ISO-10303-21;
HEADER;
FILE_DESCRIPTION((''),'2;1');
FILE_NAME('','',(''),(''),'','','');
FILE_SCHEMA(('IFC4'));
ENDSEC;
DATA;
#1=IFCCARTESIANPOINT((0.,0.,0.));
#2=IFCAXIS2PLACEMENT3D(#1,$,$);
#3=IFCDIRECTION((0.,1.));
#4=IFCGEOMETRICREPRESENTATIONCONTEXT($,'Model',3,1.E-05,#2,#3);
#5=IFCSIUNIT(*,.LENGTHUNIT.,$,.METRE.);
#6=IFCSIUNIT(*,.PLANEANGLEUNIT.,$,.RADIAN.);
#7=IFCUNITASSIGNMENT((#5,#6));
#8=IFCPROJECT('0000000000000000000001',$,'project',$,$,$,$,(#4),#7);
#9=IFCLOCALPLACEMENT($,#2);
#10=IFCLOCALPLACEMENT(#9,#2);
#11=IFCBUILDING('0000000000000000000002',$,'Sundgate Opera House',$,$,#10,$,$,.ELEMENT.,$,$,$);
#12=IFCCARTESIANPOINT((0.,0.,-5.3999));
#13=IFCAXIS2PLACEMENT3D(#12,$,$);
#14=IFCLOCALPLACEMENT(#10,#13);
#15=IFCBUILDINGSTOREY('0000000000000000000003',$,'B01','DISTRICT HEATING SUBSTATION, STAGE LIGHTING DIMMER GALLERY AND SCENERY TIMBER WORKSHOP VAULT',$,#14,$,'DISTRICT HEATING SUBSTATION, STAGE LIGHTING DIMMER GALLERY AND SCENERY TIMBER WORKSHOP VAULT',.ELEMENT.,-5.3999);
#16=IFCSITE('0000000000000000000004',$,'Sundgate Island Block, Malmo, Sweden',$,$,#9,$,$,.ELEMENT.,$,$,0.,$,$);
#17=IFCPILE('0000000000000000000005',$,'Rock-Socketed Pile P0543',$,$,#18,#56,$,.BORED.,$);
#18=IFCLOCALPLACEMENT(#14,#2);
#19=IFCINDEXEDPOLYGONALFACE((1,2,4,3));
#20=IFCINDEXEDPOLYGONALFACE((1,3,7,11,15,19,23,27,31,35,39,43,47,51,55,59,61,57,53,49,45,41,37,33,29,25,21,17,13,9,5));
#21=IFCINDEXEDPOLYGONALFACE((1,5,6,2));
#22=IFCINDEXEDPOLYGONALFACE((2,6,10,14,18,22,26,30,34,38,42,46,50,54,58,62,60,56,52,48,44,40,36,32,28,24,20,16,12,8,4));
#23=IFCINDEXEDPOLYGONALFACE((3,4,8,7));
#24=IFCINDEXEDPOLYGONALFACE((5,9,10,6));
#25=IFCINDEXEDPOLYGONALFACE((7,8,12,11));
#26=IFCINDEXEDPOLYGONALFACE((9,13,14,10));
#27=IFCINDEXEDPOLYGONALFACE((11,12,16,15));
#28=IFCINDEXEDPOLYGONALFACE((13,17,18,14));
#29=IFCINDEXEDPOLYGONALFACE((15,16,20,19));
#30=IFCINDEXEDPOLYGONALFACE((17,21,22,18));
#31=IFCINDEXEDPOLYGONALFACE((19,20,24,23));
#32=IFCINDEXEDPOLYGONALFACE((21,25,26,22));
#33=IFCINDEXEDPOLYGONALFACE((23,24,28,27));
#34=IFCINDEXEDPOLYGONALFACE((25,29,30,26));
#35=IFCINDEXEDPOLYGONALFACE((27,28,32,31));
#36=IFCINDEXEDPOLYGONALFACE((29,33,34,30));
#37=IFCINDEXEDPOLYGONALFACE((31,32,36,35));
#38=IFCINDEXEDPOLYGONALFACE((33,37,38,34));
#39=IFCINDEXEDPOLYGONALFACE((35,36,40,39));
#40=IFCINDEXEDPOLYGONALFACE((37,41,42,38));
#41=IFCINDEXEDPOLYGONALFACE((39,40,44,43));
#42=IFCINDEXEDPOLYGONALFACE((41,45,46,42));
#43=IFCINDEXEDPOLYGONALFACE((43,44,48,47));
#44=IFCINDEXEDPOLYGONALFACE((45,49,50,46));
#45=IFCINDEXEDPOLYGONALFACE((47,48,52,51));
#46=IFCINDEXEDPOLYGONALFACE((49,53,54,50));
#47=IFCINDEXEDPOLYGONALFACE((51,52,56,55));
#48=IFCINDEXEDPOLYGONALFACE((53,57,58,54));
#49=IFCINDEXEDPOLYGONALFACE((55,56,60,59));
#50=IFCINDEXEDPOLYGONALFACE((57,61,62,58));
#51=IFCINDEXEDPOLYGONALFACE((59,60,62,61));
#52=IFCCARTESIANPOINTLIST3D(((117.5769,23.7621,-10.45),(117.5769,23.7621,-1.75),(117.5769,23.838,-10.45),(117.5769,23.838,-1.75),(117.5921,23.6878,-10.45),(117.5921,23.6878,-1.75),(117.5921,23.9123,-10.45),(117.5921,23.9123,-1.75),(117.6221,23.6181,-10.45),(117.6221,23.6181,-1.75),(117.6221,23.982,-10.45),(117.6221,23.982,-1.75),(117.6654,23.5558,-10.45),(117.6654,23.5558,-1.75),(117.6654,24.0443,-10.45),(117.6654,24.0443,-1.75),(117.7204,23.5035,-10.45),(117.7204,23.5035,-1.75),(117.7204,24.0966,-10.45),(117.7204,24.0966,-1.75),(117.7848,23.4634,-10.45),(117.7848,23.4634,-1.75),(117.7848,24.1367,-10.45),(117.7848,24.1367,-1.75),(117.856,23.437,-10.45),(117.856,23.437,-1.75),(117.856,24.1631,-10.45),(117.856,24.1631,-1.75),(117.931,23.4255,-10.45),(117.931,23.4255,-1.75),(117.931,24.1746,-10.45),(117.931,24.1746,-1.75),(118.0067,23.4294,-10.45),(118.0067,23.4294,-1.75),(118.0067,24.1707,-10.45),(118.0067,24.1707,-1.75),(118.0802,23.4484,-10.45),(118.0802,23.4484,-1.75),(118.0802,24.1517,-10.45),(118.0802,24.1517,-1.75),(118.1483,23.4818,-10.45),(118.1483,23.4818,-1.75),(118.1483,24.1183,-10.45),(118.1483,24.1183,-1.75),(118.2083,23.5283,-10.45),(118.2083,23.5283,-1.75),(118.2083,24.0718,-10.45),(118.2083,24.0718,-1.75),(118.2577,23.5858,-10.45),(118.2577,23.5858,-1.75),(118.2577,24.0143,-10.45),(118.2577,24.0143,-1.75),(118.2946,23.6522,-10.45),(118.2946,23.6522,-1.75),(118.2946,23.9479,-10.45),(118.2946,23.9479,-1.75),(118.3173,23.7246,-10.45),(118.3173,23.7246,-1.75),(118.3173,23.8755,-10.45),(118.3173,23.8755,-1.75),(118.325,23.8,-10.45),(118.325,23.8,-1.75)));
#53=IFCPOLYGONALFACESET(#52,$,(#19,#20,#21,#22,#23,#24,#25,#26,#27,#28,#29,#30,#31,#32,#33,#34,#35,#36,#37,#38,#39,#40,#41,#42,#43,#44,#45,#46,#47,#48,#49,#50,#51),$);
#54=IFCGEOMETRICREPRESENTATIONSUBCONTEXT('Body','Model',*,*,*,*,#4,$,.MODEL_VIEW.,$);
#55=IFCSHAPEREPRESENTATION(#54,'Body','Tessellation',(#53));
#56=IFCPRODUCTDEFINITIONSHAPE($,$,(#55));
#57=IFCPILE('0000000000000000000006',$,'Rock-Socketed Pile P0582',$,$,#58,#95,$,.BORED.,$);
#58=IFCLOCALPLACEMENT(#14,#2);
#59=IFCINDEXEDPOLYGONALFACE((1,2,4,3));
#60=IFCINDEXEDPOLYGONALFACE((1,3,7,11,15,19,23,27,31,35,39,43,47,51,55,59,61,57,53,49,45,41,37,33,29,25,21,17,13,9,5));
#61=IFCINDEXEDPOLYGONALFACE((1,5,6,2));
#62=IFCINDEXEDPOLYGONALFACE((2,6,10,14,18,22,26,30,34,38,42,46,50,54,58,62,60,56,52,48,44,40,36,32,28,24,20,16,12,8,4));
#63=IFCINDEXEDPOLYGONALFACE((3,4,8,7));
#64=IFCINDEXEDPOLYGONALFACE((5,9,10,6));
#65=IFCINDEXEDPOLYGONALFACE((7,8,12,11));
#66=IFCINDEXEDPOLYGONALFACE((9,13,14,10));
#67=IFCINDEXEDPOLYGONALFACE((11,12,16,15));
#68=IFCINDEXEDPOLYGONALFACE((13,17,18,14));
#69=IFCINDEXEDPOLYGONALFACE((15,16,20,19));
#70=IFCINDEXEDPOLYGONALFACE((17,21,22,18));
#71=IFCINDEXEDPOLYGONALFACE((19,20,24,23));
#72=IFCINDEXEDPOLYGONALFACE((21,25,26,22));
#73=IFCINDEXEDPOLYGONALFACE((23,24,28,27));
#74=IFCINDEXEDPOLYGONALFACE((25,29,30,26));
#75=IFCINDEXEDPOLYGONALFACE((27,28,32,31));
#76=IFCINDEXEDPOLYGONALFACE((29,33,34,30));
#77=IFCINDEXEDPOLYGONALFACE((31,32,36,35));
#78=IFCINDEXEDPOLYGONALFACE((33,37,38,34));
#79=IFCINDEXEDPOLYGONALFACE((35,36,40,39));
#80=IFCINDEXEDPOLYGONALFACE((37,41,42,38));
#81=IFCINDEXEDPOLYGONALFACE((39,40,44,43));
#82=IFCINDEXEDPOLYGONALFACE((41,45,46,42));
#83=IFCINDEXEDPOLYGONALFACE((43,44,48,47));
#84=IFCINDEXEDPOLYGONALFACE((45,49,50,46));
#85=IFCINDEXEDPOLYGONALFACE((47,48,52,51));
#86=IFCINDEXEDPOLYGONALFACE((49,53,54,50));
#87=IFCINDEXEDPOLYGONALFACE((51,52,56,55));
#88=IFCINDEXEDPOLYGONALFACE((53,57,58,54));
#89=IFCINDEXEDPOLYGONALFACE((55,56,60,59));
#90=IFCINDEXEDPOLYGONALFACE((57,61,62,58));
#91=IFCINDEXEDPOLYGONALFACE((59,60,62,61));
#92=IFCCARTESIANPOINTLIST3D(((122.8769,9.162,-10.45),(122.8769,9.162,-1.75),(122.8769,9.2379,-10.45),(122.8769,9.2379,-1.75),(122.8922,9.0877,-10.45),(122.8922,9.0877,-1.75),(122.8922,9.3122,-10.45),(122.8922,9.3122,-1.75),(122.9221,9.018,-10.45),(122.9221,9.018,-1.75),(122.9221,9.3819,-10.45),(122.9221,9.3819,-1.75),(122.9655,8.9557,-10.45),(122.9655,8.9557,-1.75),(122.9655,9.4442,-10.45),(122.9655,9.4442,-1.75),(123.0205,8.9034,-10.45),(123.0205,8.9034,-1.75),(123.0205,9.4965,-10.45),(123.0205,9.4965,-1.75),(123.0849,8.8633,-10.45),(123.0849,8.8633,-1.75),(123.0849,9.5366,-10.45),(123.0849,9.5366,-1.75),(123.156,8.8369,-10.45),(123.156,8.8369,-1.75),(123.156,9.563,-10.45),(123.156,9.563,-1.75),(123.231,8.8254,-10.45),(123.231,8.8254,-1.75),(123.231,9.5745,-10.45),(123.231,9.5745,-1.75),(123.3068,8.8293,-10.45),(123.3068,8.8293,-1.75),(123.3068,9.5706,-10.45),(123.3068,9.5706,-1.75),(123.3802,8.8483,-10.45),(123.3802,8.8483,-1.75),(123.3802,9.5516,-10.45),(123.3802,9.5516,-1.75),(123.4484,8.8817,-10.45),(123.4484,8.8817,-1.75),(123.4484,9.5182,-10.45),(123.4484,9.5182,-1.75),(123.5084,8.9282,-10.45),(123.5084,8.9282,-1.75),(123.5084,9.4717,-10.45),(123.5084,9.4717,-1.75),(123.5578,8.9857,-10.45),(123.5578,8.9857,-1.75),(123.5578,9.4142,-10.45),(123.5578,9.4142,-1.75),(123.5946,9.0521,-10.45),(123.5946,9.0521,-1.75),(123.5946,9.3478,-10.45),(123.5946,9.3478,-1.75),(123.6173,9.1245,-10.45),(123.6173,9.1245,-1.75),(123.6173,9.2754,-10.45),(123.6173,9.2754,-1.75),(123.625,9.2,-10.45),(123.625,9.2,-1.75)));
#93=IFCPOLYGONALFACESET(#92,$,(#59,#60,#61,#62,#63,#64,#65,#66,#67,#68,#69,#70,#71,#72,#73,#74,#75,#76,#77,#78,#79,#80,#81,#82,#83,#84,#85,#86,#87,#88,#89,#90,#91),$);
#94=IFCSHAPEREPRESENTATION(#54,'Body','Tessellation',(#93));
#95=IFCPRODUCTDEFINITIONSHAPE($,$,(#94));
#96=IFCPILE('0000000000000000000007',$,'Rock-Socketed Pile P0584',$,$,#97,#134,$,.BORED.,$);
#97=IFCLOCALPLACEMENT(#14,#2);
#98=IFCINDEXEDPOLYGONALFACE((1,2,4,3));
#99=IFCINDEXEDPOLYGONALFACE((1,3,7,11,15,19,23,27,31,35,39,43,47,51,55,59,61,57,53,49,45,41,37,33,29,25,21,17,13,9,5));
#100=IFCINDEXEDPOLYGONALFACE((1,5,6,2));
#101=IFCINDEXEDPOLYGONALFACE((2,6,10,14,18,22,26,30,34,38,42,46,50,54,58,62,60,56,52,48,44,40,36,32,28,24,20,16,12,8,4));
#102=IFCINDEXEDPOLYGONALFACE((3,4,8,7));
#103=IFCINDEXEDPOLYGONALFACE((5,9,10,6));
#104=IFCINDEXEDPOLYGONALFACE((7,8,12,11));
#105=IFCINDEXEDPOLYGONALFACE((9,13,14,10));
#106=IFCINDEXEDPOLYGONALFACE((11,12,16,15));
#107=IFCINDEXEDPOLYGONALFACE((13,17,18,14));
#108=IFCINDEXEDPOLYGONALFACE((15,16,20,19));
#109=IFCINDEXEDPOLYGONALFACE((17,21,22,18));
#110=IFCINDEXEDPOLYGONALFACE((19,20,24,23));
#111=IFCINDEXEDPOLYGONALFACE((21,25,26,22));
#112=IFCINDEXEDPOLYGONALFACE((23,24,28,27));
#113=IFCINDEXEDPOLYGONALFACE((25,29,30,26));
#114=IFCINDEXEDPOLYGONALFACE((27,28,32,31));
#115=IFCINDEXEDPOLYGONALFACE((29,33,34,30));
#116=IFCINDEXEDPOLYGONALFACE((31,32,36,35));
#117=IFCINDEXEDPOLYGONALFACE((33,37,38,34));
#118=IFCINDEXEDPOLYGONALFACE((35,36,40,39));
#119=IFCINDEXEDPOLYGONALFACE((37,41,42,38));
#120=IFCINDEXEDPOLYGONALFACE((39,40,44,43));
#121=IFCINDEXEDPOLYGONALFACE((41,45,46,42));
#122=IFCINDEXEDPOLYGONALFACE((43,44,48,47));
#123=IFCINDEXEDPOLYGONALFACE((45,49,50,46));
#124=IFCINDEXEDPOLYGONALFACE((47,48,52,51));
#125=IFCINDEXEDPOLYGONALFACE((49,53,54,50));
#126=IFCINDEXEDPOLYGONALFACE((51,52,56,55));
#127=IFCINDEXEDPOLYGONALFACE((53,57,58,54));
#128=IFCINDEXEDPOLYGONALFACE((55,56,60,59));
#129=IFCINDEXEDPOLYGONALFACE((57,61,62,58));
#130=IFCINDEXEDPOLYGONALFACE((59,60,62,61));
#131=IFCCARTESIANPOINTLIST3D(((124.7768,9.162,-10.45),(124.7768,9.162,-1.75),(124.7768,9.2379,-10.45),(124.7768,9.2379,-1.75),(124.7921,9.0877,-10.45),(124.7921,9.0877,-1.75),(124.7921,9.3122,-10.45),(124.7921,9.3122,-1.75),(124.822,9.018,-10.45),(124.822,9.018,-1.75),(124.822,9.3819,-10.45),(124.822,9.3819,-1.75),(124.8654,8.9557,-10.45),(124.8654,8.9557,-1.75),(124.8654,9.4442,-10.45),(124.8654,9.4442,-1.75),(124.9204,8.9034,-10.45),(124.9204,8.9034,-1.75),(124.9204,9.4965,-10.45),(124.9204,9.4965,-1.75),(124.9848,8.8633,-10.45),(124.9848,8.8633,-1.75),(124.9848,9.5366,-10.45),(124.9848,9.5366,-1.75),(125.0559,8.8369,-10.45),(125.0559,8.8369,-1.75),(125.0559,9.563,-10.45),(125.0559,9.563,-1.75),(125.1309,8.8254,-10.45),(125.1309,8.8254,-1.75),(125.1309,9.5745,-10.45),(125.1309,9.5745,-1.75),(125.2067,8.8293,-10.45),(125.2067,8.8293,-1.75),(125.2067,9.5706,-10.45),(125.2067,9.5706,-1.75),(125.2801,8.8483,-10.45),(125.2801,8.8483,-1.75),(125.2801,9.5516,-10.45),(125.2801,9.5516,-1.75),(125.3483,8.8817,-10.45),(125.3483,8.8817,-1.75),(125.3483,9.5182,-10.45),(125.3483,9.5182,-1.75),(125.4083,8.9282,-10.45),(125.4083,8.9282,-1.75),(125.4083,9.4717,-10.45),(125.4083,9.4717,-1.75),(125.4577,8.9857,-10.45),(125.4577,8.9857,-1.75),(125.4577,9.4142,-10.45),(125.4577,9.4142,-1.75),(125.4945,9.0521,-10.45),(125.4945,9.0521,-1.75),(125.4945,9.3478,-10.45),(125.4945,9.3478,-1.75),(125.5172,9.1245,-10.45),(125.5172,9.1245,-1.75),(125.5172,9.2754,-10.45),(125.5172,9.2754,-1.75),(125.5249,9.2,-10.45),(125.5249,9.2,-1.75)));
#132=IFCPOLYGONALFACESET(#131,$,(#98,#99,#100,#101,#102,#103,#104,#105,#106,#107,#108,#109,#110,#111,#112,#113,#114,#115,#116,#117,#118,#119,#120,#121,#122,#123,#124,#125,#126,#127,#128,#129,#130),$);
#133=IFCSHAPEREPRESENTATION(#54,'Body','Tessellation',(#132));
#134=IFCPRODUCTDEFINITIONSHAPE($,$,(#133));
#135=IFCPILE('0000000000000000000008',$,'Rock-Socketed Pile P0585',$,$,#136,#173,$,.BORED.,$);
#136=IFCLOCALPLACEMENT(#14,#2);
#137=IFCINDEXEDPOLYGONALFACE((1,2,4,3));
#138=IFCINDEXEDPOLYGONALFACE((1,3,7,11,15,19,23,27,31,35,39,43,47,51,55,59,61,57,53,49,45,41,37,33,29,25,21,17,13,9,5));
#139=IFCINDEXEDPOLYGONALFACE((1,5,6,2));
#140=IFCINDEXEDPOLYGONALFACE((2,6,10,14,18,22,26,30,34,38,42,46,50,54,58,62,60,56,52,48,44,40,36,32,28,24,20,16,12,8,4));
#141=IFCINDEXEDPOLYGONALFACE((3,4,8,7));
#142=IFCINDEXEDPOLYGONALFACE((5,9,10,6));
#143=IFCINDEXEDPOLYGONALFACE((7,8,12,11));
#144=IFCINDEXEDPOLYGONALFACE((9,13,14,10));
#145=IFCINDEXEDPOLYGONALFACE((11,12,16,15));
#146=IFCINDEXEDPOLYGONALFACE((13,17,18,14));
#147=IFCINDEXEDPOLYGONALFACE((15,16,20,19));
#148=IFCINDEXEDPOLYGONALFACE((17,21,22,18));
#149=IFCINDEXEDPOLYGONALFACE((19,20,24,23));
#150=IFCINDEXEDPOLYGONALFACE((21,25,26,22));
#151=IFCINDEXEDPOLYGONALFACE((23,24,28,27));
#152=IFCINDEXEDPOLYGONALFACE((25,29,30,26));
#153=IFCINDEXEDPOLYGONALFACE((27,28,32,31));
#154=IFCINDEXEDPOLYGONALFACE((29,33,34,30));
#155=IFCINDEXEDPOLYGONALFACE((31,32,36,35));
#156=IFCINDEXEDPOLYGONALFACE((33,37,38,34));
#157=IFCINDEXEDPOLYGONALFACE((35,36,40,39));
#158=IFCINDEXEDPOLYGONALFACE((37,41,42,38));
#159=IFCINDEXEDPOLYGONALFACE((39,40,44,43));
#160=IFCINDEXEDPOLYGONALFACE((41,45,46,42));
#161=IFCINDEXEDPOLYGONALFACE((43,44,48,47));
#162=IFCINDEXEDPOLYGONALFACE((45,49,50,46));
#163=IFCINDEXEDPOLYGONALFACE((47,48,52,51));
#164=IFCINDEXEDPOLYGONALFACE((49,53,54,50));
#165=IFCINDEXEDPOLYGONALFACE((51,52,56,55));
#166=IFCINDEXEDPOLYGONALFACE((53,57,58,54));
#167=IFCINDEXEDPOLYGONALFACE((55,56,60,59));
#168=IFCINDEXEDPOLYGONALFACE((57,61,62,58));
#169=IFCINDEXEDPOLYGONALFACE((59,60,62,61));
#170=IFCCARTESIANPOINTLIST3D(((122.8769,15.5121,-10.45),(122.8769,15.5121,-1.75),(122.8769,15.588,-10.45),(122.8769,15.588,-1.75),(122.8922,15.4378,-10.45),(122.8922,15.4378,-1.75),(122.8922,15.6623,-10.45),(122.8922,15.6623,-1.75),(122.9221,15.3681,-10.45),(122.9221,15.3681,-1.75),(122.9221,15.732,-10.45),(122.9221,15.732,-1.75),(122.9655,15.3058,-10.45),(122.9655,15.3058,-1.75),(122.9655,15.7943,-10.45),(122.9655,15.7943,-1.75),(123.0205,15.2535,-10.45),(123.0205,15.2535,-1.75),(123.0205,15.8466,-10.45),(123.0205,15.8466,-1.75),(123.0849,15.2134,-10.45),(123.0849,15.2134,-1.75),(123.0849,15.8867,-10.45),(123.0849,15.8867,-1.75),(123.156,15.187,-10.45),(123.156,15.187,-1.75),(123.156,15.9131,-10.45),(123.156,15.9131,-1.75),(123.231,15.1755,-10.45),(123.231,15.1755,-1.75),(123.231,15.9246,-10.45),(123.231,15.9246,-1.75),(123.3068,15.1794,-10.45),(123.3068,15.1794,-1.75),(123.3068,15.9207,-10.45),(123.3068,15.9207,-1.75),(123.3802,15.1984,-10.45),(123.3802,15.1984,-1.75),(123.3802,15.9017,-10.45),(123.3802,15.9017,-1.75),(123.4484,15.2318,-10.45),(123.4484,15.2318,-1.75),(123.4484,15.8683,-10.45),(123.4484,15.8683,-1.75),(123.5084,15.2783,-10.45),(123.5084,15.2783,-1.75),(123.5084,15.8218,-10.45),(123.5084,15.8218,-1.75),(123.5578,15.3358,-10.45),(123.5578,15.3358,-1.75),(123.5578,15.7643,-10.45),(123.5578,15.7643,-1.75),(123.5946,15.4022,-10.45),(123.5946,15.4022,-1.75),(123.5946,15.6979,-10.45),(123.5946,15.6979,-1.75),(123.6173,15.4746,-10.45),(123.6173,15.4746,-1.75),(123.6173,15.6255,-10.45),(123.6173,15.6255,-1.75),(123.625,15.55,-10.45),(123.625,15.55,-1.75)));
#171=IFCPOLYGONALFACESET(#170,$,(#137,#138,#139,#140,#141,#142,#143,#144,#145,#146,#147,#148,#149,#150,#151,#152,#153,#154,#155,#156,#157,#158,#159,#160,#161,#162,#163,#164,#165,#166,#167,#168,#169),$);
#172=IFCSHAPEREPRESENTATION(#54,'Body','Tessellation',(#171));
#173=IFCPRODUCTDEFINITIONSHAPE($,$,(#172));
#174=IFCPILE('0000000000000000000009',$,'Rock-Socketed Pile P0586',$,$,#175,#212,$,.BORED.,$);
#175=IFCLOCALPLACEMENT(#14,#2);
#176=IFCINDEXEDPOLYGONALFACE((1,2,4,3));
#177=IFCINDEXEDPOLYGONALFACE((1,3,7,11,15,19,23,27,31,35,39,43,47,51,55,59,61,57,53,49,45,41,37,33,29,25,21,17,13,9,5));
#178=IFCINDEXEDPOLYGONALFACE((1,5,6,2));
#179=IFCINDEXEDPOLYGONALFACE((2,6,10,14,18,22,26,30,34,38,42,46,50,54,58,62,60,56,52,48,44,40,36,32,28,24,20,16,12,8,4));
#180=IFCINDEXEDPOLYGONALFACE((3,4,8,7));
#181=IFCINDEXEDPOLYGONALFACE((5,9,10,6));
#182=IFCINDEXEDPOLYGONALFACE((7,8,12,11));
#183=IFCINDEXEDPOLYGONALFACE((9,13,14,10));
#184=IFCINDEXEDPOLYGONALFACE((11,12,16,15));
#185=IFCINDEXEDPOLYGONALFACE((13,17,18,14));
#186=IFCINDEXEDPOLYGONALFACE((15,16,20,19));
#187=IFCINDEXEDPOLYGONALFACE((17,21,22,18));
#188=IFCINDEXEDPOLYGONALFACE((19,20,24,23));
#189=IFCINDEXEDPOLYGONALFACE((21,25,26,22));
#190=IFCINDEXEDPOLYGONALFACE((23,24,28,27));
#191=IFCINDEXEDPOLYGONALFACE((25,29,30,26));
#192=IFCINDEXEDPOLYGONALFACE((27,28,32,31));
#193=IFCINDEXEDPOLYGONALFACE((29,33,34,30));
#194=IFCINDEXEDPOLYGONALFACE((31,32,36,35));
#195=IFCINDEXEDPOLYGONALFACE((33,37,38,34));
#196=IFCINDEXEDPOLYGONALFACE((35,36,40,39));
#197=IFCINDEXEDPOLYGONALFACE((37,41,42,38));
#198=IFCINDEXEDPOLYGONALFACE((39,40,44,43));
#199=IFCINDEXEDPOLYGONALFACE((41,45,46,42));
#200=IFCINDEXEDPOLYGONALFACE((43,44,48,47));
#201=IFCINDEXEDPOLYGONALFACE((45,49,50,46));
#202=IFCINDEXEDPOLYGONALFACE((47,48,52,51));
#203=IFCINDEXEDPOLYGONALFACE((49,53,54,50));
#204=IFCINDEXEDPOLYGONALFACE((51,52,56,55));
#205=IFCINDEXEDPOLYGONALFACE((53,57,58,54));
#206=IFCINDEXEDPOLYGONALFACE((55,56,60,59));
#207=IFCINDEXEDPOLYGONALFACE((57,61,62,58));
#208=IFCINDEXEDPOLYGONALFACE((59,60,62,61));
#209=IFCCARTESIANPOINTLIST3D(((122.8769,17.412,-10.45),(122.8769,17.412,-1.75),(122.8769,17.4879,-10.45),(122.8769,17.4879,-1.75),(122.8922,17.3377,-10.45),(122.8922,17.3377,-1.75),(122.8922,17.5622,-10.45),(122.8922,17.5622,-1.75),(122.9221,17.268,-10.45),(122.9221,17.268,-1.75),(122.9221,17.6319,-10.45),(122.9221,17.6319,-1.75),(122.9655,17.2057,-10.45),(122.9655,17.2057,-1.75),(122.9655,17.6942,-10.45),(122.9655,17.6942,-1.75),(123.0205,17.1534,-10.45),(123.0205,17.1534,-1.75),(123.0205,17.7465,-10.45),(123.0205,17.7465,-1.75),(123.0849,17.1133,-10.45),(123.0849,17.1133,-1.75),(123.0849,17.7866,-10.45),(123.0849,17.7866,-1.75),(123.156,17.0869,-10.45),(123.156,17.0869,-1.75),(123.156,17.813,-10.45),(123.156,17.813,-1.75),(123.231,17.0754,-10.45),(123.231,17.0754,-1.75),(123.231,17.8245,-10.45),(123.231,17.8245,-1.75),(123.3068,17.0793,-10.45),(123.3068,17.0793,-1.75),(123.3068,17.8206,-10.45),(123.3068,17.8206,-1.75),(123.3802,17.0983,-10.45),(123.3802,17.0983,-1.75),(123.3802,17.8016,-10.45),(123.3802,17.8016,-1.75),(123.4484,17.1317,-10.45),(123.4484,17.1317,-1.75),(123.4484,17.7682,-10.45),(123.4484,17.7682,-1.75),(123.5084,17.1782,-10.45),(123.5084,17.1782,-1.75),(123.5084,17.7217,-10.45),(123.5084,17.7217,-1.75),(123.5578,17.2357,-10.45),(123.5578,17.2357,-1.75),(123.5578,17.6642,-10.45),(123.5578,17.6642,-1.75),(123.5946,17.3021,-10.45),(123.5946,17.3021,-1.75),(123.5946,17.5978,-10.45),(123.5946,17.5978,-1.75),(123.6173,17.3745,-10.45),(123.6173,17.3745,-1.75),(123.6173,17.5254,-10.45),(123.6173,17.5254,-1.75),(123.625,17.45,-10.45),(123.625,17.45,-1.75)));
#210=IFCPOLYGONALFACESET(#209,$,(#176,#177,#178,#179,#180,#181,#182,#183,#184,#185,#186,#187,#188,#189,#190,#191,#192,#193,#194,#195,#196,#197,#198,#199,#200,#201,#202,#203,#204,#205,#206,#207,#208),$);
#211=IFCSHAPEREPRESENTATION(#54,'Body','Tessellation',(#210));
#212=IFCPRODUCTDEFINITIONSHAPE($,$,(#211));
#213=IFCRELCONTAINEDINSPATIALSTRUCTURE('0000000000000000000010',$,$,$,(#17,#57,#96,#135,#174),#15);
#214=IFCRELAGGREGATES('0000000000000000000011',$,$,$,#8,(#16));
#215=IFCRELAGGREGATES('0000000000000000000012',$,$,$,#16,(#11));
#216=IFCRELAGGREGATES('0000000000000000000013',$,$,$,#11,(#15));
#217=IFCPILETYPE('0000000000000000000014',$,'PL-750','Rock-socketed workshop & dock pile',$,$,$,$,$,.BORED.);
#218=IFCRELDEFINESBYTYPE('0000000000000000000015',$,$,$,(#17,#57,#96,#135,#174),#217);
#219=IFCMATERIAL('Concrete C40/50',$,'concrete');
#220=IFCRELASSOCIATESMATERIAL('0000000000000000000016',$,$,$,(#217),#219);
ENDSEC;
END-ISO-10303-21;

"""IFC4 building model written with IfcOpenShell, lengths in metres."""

from ifc_helpers import new_model, si_unit, direction, frame, origin, origin_2d, place, context, subcontext, project, spatial, circle, extrude, material, material_profile, profile_set, type_object, element, save


model = new_model("IFC4")

# Units and contexts
model_context = context("Model", 3, precision=1e-05, world=origin(), true_north=direction((0.0, 1.0)))
body_context = subcontext(model_context, "Body", "Model", "MODEL_VIEW")
ifc_project = project(units=[si_unit("LENGTHUNIT", "METRE"), si_unit("PLANEANGLEUNIT", "RADIAN")], contexts=[model_context])

# Site, building, storey
site_placement = place(None, origin())
site = spatial("IfcSite", under=ifc_project, at=site_placement, Name="Sundgate Island Block, Malmo, Sweden", CompositionType="ELEMENT", RefElevation=0.0)
building_placement = place(site_placement, origin())
building = spatial("IfcBuilding", under=site, at=building_placement, Name="Sundgate Opera House", CompositionType="ELEMENT")
storey_placement = place(building_placement, frame((0.0, 0.0, -5.3999)))
storey = spatial("IfcBuildingStorey", under=building, at=storey_placement, Name="B01", Description="DISTRICT HEATING SUBSTATION, STAGE LIGHTING DIMMER GALLERY AND SCENERY TIMBER WORKSHOP VAULT", LongName="DISTRICT HEATING SUBSTATION, STAGE LIGHTING DIMMER GALLERY AND SCENERY TIMBER WORKSHOP VAULT", CompositionType="ELEMENT", Elevation=-5.3999)

# Piles
ifc_material_1 = material(Name="Concrete C40/50", Category="concrete")
ifc_material_profile_1 = material_profile(ifc_material_1, circle(Radius=0.375, at=origin_2d()), Name="PILE D750")
ifc_profile_set_1 = profile_set([ifc_material_profile_1], Name="Concrete C40/50")
pile_type = type_object("IfcPileType", Name="PL-750", Description="Rock-socketed workshop & dock pile", PredefinedType="BORED", material=ifc_profile_set_1)
for number, where, z_axis, x_axis, name in (
    (1, (117.95, 23.8, -1.75), (0.0, 0.0, -1.0), (1.0, 0.0, 0.0), "Rock-Socketed Pile P0543"),
    (2, (123.25, 9.2, -1.75), (0.0, 0.0, -1.0), (1.0, 0.0, 0.0), "Rock-Socketed Pile P0582"),
    (3, (125.1499, 9.2, -1.75), (0.0, 0.0, -1.0), (1.0, 0.0, 0.0), "Rock-Socketed Pile P0584"),
    (4, (123.25, 15.55, -1.75), (0.0, 0.0, -1.0), (1.0, 0.0, 0.0), "Rock-Socketed Pile P0585"),
    (5, (123.25, 17.45, -1.75), (0.0, 0.0, -1.0), (1.0, 0.0, 0.0), "Rock-Socketed Pile P0586"),
):
    element("IfcPile", number, at=place(storey_placement, frame(where, z_axis=z_axis, x_axis=x_axis)), inside=storey, type_object=pile_type, Name=name, PredefinedType="BORED", context=body_context, shape_type="SweptSolid", body=[
        extrude(circle(Radius=0.375, at=origin_2d()), origin(), (0.0, 0.0, 1.0), 8.7),
    ])

save(model, "model.ifc")
